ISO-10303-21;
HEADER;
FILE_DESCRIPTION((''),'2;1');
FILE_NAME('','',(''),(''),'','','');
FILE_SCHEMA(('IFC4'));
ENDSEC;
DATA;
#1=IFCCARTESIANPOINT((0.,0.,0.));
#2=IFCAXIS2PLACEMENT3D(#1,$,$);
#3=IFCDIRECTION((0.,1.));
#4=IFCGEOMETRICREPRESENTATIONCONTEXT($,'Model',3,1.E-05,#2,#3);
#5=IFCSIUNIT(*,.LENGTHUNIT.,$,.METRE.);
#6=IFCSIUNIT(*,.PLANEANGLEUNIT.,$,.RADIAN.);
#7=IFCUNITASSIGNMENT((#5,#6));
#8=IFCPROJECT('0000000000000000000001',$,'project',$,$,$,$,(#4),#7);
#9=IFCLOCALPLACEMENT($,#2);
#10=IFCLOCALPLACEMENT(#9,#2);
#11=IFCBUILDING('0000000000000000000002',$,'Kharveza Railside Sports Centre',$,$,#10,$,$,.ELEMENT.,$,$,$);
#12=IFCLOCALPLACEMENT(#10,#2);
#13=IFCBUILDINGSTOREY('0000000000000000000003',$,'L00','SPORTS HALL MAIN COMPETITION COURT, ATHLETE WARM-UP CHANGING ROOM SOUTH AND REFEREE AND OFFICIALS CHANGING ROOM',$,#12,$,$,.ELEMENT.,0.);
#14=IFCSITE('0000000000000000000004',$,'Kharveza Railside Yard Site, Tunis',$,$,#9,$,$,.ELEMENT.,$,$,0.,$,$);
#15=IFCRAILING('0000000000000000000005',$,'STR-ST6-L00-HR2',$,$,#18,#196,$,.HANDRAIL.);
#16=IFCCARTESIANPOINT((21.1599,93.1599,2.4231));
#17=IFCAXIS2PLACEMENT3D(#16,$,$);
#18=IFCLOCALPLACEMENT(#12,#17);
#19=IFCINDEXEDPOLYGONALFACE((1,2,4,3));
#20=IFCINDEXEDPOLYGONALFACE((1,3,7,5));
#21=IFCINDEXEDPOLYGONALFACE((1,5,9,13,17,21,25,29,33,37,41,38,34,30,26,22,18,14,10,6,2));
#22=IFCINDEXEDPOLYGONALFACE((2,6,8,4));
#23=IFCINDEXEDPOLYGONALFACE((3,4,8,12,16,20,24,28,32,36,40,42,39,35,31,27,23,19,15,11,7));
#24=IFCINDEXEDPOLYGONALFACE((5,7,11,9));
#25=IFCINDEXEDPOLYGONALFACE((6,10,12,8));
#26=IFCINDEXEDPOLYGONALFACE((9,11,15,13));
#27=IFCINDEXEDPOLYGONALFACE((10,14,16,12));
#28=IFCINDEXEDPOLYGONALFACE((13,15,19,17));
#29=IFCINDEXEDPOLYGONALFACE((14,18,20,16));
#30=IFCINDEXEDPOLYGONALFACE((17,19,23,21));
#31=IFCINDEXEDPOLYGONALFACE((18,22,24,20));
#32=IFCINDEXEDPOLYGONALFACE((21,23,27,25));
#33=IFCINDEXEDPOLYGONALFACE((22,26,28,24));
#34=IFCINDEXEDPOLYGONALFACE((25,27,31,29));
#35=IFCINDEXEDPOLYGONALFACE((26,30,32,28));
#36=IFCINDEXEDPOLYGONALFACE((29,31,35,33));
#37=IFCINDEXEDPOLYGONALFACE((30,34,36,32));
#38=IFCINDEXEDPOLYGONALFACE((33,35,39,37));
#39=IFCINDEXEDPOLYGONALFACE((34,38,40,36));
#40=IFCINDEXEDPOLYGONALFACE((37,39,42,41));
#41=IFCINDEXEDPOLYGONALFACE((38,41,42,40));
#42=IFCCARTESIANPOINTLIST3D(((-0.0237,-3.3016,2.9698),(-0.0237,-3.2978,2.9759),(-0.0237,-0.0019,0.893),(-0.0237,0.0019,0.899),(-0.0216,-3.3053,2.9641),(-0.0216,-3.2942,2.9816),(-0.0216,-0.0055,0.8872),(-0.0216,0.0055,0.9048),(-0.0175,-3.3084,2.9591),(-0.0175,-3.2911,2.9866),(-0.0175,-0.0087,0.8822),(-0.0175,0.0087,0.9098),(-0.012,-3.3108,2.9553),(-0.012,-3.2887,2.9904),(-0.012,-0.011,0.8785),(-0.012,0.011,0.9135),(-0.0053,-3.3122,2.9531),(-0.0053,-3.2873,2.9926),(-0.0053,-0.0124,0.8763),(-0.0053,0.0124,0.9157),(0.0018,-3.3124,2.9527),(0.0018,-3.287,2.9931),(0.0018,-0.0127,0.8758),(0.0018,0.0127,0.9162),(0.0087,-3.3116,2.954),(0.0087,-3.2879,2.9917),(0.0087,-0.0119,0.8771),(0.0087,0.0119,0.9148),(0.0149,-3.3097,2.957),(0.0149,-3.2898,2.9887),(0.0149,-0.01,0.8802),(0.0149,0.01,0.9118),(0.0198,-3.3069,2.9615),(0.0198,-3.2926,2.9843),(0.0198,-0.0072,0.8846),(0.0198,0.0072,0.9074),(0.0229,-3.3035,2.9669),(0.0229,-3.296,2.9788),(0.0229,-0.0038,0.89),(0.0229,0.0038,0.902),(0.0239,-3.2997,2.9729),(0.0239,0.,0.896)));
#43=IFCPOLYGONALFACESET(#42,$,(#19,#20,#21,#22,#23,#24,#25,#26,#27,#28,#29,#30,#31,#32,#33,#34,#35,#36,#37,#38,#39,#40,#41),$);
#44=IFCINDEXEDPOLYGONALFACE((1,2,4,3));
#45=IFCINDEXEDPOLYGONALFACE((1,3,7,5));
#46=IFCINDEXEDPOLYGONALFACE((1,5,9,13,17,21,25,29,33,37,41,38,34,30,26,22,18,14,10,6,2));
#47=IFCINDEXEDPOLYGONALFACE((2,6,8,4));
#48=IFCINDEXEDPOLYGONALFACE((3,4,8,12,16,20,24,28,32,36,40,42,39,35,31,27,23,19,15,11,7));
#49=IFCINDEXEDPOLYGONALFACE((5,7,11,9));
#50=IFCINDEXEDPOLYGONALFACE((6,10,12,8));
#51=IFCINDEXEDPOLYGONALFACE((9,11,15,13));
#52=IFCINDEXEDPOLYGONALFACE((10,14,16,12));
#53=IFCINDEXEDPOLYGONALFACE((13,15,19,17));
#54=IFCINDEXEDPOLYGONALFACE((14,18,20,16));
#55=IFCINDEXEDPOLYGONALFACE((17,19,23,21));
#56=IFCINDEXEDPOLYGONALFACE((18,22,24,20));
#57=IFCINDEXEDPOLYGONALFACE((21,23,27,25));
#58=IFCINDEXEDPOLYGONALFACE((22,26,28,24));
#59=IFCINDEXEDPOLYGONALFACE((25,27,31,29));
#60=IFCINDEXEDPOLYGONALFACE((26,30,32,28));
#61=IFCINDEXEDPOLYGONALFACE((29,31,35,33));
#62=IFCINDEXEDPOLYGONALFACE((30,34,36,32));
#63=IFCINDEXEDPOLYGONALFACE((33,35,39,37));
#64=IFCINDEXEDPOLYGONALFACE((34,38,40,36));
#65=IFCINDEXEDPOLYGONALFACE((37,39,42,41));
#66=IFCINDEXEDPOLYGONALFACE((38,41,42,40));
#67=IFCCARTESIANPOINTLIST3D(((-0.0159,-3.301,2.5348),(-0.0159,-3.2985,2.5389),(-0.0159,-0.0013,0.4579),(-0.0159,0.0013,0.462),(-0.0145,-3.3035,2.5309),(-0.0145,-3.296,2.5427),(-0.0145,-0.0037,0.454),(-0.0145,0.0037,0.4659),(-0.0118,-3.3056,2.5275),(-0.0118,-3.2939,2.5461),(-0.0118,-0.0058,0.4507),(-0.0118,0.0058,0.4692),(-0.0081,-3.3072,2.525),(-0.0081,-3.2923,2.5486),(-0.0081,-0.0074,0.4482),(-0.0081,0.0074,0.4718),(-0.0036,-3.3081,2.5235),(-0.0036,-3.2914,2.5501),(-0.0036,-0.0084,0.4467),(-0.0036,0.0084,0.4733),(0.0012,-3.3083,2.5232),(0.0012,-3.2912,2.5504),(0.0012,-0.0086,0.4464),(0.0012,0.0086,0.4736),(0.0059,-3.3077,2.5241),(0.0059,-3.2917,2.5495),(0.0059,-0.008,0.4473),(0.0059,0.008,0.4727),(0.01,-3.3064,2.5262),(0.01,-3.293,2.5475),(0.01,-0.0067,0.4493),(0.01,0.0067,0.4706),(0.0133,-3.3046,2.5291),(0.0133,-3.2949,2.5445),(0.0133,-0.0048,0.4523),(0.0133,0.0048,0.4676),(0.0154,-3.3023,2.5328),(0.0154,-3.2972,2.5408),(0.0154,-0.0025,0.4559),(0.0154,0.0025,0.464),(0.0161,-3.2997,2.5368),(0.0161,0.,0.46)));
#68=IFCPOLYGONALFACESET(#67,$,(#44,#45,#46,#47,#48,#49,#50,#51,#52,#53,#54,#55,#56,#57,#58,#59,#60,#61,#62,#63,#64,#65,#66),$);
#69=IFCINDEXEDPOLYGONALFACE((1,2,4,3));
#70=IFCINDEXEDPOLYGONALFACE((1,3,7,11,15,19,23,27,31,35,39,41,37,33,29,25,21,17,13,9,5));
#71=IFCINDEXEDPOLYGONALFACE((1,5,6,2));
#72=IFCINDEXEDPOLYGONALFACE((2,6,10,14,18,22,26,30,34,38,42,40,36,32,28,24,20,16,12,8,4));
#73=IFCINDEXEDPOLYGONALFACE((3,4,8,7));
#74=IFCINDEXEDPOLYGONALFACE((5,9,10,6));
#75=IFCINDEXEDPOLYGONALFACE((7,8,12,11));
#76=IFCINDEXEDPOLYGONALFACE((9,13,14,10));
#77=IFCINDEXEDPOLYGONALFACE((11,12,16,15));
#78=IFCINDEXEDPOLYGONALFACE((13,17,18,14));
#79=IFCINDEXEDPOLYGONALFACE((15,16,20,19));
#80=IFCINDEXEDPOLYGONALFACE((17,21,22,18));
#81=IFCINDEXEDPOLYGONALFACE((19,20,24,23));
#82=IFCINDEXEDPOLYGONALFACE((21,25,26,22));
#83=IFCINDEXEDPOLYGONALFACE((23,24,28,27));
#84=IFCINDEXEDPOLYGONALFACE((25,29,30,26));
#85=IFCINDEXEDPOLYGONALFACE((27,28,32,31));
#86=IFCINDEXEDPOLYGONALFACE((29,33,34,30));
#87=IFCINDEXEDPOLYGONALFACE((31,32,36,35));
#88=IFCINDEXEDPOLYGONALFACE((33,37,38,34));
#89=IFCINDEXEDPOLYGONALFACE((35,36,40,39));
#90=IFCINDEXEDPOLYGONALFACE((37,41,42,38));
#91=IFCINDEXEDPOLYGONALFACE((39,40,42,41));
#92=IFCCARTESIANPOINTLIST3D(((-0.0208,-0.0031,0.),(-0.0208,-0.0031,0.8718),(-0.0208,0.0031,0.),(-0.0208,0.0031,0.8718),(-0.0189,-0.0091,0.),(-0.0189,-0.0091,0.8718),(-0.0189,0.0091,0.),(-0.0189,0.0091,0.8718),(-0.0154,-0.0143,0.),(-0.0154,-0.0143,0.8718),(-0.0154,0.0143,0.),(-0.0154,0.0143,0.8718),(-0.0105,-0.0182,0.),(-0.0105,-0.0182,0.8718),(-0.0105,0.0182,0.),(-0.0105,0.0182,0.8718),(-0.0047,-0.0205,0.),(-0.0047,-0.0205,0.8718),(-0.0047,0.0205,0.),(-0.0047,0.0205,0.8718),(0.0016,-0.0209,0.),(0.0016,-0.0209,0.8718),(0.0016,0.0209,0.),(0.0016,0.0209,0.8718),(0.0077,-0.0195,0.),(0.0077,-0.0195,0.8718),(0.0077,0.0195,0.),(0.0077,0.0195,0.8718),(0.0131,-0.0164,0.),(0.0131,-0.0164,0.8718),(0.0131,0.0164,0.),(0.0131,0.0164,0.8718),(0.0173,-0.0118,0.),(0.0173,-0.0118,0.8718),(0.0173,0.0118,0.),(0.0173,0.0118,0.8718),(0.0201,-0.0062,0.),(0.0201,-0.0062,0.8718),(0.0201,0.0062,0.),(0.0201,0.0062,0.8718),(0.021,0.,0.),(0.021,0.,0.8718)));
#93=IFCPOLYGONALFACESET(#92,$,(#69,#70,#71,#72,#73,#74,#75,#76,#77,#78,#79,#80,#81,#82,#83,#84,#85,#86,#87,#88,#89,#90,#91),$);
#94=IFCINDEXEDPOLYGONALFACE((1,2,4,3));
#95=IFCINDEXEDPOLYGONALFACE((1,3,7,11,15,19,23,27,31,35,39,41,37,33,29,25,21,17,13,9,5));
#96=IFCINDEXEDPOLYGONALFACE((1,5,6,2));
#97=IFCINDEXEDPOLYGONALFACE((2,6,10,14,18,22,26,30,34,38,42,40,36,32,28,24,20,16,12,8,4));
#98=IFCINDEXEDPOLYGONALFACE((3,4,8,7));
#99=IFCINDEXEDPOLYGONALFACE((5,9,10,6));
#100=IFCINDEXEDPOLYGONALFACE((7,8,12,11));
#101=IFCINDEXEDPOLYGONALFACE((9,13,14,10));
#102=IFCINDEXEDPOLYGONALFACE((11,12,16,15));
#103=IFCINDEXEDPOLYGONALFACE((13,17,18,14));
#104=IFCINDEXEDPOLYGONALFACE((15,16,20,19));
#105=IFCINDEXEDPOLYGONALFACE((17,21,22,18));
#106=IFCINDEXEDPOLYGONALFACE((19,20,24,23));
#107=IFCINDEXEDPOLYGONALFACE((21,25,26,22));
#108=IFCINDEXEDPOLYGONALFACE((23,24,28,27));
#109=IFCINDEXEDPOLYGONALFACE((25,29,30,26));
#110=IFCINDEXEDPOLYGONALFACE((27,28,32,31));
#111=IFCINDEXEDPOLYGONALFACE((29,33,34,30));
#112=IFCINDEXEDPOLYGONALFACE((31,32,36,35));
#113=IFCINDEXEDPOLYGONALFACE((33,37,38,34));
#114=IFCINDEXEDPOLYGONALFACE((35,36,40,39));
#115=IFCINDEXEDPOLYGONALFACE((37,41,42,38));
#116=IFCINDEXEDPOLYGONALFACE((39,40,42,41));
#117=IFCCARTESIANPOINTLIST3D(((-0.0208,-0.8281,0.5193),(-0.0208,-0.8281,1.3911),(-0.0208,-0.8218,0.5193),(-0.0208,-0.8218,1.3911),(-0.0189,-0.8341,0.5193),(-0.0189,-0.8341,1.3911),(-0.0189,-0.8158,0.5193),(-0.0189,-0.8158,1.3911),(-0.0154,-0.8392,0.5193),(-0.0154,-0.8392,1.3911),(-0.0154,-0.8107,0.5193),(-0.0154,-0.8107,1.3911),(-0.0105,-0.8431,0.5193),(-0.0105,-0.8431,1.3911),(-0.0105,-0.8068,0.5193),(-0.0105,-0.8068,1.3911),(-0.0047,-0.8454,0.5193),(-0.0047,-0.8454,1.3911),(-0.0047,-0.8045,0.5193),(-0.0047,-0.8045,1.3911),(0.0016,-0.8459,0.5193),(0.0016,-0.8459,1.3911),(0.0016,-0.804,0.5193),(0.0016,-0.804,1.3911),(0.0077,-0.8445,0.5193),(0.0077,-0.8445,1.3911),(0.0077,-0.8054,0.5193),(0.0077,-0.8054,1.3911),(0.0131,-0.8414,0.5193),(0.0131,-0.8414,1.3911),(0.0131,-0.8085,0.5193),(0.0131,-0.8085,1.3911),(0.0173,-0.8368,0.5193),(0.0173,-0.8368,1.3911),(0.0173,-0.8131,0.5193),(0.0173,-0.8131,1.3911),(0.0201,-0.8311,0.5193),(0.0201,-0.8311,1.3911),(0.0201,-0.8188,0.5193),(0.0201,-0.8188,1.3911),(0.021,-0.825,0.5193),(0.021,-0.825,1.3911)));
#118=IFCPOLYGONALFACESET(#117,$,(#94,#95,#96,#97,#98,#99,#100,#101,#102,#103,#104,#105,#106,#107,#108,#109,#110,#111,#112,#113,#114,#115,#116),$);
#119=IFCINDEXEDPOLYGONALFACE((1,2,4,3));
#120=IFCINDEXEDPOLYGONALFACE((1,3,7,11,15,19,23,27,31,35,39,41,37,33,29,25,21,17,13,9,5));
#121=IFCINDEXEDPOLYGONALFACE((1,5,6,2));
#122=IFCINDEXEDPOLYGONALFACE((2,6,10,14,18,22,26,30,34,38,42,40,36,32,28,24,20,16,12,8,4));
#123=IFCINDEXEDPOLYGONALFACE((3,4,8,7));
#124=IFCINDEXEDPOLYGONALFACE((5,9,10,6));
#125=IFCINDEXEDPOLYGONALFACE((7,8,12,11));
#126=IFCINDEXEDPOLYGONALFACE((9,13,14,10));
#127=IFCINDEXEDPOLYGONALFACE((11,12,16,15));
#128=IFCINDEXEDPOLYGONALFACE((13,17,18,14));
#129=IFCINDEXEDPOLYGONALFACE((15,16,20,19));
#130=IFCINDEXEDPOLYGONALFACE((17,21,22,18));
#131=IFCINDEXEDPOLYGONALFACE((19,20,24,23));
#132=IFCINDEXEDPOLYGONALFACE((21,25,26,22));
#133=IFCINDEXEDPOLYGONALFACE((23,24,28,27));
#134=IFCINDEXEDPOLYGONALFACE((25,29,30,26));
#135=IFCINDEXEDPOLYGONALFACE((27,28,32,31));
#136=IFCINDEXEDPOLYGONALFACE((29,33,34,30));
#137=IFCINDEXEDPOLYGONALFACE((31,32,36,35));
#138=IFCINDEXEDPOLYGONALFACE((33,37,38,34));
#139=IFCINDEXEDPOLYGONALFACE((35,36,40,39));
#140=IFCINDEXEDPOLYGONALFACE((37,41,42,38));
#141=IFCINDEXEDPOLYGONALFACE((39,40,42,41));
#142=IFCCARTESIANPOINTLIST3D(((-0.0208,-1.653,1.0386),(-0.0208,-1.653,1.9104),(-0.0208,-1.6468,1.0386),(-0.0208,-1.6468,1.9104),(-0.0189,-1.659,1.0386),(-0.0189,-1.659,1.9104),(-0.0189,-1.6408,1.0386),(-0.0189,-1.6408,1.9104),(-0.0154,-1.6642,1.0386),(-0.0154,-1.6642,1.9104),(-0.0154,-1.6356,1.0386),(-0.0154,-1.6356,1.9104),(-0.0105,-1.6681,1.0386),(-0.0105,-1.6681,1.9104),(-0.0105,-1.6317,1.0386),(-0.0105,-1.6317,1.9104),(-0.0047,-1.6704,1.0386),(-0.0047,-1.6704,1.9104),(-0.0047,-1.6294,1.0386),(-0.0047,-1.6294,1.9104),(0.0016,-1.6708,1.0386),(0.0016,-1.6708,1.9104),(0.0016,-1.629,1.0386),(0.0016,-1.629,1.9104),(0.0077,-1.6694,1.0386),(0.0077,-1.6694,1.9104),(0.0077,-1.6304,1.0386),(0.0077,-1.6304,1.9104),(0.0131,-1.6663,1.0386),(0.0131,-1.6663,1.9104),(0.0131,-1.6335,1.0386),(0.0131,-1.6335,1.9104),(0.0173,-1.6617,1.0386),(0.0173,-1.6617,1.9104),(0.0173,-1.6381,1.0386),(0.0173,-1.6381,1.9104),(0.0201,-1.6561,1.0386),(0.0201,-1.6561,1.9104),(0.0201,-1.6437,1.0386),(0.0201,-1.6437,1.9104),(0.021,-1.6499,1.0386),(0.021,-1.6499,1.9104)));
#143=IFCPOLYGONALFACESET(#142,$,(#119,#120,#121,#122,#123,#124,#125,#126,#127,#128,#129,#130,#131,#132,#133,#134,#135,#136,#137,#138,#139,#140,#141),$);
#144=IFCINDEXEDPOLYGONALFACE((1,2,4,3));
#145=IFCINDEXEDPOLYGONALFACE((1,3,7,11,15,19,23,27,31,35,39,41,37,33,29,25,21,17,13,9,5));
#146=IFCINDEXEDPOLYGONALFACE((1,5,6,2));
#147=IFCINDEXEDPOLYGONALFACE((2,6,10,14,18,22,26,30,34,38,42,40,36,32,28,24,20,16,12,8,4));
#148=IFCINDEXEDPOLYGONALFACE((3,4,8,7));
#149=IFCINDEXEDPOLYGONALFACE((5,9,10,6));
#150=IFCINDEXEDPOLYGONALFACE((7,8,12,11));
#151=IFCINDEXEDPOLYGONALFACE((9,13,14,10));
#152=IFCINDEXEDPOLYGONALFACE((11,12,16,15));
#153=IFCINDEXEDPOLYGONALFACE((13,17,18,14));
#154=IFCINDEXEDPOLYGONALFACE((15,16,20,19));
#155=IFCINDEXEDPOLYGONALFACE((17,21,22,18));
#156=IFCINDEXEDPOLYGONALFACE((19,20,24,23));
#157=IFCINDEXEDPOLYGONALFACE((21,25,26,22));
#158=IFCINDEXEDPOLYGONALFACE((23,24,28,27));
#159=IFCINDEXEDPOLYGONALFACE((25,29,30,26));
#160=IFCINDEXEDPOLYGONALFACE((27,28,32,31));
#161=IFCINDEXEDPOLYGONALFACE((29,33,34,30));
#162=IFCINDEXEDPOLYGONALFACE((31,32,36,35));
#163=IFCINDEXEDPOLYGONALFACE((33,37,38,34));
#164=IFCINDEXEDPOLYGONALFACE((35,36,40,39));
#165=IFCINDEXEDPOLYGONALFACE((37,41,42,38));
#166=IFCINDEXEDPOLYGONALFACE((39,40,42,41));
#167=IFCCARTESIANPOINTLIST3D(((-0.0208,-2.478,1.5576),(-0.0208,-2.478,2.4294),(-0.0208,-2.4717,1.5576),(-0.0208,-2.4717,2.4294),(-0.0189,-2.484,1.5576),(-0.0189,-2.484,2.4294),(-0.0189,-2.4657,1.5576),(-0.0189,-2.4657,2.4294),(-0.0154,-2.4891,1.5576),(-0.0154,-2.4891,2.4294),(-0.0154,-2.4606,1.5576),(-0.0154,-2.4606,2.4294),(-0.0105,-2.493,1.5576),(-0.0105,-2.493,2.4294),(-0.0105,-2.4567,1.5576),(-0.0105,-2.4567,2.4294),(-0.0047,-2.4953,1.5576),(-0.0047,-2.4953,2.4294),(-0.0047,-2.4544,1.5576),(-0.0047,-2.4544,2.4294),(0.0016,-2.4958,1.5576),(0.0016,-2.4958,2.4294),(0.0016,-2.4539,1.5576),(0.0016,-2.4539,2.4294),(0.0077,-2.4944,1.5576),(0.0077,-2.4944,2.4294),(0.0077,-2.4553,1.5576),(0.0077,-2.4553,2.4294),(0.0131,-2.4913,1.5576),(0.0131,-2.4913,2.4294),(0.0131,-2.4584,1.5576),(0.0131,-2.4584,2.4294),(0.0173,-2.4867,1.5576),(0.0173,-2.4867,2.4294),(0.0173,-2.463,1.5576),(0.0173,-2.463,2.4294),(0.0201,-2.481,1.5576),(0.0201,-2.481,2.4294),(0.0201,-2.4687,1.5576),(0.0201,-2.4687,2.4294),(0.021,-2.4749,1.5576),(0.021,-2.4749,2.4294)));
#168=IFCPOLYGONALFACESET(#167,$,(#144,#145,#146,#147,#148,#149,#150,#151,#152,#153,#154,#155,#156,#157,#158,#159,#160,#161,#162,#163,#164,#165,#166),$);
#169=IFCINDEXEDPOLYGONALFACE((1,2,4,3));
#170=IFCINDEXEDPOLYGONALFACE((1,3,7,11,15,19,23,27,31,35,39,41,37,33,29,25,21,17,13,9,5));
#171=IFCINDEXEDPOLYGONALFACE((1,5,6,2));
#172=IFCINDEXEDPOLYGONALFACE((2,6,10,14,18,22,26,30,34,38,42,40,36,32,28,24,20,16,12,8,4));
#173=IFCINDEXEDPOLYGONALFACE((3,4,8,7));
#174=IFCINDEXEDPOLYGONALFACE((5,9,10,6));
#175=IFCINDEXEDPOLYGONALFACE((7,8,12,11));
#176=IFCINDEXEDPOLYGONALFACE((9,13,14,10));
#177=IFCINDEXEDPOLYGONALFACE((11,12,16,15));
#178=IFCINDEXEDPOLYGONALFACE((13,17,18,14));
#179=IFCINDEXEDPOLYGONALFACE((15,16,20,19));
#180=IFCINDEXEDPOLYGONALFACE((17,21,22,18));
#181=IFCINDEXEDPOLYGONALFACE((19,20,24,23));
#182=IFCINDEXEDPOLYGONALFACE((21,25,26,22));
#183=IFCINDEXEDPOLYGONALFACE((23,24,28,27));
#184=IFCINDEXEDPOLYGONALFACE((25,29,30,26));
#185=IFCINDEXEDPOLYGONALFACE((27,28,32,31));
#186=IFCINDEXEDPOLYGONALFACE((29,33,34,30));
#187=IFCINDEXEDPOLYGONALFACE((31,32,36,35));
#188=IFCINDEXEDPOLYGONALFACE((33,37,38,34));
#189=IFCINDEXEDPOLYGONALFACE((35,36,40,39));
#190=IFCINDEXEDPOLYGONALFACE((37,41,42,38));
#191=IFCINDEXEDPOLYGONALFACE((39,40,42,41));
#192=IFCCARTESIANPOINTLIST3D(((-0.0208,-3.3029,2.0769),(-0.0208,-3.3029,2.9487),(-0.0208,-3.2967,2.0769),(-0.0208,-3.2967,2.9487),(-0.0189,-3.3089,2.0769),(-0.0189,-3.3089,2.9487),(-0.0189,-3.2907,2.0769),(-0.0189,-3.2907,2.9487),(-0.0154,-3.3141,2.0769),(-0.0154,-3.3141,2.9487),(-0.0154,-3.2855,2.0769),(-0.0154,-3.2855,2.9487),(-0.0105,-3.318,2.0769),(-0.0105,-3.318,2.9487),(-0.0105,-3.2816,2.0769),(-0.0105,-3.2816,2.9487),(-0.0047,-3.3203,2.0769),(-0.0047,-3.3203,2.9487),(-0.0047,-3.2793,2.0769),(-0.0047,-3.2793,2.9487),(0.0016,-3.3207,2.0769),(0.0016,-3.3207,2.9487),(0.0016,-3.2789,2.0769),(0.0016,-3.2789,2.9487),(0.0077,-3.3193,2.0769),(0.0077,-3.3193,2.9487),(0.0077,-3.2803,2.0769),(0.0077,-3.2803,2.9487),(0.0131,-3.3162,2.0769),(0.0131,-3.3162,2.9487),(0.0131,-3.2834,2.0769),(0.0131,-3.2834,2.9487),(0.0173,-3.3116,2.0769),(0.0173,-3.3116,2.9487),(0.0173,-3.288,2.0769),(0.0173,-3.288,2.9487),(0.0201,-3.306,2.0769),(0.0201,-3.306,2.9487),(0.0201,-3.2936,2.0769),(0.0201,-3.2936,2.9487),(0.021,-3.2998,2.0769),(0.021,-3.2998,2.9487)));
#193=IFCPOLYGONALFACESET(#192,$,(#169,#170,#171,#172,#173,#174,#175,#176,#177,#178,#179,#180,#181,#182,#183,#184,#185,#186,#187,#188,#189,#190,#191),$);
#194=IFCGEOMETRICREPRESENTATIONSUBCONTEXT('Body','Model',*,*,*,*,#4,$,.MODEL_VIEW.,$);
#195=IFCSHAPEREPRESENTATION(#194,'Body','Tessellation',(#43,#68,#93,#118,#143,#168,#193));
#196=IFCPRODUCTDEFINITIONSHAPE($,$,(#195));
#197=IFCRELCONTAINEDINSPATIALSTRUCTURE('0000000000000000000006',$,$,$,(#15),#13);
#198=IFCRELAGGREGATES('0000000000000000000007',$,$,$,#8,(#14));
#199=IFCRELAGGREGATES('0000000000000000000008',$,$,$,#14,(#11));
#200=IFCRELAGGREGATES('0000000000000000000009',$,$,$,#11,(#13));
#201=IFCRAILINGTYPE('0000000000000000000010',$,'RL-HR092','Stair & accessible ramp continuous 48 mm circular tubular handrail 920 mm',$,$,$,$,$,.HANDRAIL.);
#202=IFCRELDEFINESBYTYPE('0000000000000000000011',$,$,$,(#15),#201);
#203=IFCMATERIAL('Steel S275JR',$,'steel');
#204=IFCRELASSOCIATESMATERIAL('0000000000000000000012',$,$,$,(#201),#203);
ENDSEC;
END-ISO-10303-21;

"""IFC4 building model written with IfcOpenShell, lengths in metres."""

from ifc_helpers import new_model, si_unit, direction, frame, origin, origin_2d, place, context, subcontext, project, spatial, circle, extrude, material, type_object, element, save


model = new_model("IFC4")

# Units and contexts
model_context = context("Model", 3, precision=1e-05, world=origin(), true_north=direction((0.0, 1.0)))
body_context = subcontext(model_context, "Body", "Model", "MODEL_VIEW")
ifc_project = project(units=[si_unit("LENGTHUNIT", "METRE"), si_unit("PLANEANGLEUNIT", "RADIAN")], contexts=[model_context])

# Site, building, storey
site_placement = place(None, origin())
site = spatial("IfcSite", under=ifc_project, at=site_placement, Name="Kharveza Railside Yard Site, Tunis", CompositionType="ELEMENT", RefElevation=0.0)
building_placement = place(site_placement, origin())
building = spatial("IfcBuilding", under=site, at=building_placement, Name="Kharveza Railside Sports Centre", CompositionType="ELEMENT")
storey_placement = place(building_placement, origin())
storey = spatial("IfcBuildingStorey", under=building, at=storey_placement, Name="L00", Description="SPORTS HALL MAIN COMPETITION COURT, ATHLETE WARM-UP CHANGING ROOM SOUTH AND REFEREE AND OFFICIALS CHANGING ROOM", CompositionType="ELEMENT", Elevation=0.0)

# Railing
ifc_material_1 = material(Name="Steel S275JR", Category="steel")
railing_type_1 = type_object("IfcRailingType", Name="RL-HR092", Description="Stair & accessible ramp continuous 48 mm circular tubular handrail 920 mm", PredefinedType="HANDRAIL", material=ifc_material_1)
railing_1_placement = place(storey_placement, frame((21.1599, 93.1599, 2.4231)))
element("IfcRailing", 1, at=railing_1_placement, inside=storey, type_object=railing_type_1, Name="STR-ST6-L00-HR2", PredefinedType="HANDRAIL", context=body_context, shape_type="SweptSolid", body=[
    extrude(circle(Radius=0.0239, at=origin_2d()), frame((0.0, 0.0, 0.896), z_axis=(0.0, -0.84632, 0.532675), x_axis=(1.0, 0.0, 0.0)), (0.0, 0.0, 1.0), 3.8989),
    extrude(circle(Radius=0.0161, at=origin_2d()), frame((0.0, 0.0, 0.46), z_axis=(0.0, -0.84632, 0.532675), x_axis=(1.0, 0.0, 0.0)), (0.0, 0.0, 1.0), 3.8989),
    extrude(circle(Radius=0.021, at=origin_2d()), origin(), (0.0, 0.0, 1.0), 0.8718),
    extrude(circle(Radius=0.021, at=origin_2d()), frame((0.0, -0.825, 0.5193)), (0.0, 0.0, 1.0), 0.8718),
    extrude(circle(Radius=0.021, at=origin_2d()), frame((0.0, -1.6499, 1.0386)), (0.0, 0.0, 1.0), 0.8718),
    extrude(circle(Radius=0.021, at=origin_2d()), frame((0.0, -2.4749, 1.5576)), (0.0, 0.0, 1.0), 0.8718),
    extrude(circle(Radius=0.021, at=origin_2d()), frame((0.0, -3.2998, 2.0769)), (0.0, 0.0, 1.0), 0.8718),
])

save(model, "model.ifc")
